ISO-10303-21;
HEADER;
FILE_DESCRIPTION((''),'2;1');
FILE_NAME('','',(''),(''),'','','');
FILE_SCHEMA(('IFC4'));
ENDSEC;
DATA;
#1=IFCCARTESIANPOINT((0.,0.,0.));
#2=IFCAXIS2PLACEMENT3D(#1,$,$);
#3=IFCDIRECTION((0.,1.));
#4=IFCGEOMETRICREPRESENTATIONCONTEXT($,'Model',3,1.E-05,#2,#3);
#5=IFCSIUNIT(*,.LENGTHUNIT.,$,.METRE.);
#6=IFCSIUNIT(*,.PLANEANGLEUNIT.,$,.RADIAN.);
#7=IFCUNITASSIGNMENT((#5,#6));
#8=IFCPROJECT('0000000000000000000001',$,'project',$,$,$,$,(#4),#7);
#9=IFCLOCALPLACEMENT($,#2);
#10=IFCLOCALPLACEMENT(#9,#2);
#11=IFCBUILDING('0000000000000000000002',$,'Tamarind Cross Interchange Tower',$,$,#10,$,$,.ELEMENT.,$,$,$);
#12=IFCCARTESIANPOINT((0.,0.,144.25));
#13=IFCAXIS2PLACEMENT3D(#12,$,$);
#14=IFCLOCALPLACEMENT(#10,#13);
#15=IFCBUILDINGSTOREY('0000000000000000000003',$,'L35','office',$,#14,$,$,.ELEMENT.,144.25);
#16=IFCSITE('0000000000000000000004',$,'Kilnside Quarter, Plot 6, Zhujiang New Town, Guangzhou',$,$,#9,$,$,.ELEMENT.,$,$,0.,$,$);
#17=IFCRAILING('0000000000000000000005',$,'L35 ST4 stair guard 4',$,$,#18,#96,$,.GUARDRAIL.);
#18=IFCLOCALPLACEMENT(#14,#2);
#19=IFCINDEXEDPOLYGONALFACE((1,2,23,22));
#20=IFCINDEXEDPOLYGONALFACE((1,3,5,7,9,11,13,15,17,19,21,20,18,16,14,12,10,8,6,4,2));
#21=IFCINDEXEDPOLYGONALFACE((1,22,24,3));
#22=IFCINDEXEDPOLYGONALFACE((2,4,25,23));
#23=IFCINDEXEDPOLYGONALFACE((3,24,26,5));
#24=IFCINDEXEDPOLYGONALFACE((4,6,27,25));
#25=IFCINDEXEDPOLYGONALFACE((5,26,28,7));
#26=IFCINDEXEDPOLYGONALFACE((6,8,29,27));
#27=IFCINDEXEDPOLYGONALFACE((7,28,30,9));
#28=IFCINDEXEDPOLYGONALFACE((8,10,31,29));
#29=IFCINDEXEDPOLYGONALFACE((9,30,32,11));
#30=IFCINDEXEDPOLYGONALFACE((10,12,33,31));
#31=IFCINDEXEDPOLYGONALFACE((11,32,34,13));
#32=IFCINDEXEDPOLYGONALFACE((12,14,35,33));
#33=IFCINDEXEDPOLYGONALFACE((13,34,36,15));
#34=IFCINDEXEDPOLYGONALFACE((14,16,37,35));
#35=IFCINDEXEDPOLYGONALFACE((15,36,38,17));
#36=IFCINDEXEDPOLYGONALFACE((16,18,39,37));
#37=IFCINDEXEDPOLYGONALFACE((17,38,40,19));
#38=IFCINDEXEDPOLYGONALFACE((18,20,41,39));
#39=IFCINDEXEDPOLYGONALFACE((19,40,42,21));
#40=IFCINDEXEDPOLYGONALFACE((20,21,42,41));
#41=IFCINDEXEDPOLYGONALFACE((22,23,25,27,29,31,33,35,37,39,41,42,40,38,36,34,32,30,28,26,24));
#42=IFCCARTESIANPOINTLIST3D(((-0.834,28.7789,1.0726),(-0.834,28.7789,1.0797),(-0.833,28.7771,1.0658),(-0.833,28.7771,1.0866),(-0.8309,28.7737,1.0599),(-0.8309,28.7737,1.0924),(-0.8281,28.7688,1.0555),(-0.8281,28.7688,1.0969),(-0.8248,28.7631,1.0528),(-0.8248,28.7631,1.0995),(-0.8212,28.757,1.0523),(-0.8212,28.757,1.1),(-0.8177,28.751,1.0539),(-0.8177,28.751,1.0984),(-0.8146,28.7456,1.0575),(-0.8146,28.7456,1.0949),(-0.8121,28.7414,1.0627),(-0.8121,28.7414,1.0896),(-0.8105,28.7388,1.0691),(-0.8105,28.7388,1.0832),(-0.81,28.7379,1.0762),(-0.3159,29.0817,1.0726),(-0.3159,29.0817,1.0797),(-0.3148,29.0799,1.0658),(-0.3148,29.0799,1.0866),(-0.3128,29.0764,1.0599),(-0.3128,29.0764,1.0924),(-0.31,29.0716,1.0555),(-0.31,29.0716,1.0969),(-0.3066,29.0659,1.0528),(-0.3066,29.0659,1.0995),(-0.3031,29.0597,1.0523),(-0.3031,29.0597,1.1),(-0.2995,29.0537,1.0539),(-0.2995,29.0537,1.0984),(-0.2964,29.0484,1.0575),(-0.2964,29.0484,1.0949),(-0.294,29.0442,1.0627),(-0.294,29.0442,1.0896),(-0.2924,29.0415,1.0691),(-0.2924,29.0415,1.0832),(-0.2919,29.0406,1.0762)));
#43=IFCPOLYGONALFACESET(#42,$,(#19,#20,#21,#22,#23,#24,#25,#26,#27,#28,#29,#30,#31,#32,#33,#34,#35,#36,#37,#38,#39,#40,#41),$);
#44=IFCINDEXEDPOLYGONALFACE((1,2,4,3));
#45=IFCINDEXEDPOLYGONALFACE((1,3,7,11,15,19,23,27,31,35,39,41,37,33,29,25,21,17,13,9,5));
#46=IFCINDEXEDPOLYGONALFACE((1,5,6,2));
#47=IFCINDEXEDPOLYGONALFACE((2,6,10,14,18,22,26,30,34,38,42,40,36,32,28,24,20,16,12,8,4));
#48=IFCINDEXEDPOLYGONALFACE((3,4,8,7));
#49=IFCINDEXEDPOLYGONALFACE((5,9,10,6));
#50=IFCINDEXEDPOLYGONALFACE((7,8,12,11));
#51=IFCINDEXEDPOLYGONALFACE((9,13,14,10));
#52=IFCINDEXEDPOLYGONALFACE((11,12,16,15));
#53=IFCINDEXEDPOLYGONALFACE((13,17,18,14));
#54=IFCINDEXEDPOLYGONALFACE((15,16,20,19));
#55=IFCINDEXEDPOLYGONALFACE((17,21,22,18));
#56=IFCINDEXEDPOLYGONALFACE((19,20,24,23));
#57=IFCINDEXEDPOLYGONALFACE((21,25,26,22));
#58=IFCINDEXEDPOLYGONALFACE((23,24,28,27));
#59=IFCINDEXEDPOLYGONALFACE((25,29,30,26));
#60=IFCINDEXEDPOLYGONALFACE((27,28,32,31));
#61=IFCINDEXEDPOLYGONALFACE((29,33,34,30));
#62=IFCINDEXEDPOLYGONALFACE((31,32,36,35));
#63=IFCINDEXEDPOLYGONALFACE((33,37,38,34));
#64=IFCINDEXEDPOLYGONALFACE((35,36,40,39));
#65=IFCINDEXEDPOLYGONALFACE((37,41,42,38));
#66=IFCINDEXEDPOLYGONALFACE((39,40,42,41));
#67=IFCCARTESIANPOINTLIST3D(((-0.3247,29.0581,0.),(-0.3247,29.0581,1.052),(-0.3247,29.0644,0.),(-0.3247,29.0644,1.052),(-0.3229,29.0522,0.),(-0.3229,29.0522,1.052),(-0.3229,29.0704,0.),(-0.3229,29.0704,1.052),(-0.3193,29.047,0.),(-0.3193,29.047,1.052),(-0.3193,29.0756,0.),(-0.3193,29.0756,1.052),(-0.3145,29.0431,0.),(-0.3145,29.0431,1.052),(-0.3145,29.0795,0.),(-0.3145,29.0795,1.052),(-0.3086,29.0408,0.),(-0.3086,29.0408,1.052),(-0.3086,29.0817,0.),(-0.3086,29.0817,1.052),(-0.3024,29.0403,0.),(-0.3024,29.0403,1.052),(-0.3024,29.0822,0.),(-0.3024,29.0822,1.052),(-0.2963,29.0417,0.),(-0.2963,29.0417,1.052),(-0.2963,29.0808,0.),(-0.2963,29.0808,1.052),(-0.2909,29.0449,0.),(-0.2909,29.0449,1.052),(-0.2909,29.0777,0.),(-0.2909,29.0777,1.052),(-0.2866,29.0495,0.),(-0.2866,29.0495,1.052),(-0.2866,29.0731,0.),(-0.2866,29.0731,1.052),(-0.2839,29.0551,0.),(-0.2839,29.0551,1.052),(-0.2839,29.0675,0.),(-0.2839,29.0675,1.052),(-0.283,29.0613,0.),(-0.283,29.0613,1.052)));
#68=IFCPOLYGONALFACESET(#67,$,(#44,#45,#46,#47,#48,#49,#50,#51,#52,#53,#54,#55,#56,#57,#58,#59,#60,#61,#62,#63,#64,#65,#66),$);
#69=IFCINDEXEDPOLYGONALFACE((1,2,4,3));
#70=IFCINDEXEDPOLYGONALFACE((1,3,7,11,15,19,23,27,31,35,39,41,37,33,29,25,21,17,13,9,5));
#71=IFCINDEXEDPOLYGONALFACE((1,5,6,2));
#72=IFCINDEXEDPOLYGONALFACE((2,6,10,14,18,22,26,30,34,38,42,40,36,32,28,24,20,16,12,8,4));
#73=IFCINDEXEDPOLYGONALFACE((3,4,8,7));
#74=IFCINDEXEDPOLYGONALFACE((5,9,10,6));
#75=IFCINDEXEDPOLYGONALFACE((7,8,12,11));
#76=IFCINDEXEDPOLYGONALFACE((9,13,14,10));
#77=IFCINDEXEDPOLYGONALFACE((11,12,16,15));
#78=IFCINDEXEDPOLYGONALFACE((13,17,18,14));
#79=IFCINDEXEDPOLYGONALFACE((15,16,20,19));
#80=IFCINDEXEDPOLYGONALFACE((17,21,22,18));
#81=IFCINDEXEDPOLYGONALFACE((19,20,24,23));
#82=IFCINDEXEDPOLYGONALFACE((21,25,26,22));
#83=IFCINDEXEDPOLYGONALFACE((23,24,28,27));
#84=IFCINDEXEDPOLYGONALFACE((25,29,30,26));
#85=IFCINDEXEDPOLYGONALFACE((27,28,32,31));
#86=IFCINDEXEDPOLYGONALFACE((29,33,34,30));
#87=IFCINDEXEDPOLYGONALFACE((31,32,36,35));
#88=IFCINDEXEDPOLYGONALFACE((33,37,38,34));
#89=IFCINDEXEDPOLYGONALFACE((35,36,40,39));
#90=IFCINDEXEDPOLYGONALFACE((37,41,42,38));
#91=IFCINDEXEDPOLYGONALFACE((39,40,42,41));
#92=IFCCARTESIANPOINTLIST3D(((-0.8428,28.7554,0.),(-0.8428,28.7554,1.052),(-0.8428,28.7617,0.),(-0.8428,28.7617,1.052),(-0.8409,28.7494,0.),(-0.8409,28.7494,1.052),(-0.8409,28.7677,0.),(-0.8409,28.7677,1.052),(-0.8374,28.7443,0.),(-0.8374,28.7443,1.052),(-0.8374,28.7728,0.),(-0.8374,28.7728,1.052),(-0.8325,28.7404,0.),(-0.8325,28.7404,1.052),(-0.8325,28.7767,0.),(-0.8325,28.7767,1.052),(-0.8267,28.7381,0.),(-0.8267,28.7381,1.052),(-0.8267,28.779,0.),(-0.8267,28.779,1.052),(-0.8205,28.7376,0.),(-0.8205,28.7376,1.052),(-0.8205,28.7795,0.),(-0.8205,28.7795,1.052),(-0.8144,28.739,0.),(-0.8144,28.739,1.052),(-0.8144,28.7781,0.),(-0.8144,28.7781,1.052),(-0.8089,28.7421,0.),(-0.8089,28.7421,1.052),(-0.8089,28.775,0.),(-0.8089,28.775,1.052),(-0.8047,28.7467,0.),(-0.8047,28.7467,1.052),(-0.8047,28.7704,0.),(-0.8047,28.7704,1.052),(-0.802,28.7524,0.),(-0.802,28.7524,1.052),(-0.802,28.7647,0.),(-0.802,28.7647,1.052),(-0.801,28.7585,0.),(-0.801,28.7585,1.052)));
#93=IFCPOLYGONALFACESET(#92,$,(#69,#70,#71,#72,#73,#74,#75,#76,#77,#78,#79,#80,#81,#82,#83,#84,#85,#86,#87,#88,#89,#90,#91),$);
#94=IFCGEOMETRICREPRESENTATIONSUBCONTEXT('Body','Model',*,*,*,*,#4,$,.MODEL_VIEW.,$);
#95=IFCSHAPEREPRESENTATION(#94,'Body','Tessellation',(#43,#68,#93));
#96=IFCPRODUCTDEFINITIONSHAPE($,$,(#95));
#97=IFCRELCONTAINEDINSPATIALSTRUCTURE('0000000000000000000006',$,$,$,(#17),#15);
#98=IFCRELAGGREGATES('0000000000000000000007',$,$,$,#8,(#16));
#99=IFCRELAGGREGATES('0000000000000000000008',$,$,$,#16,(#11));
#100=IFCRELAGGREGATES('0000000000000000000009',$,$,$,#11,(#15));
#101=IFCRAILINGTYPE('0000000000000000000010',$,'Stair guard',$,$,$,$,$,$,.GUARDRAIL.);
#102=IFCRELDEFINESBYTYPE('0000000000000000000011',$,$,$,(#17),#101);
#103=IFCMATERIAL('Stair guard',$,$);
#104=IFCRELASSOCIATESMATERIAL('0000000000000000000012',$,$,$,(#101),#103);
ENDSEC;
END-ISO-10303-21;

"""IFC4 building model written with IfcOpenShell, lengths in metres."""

from ifc_helpers import new_model, si_unit, direction, frame, origin, origin_2d, place, context, subcontext, project, spatial, circle, extrude, material, type_object, element, save


model = new_model("IFC4")

# Units and contexts
model_context = context("Model", 3, precision=1e-05, world=origin(), true_north=direction((0.0, 1.0)))
body_context = subcontext(model_context, "Body", "Model", "MODEL_VIEW")
ifc_project = project(units=[si_unit("LENGTHUNIT", "METRE"), si_unit("PLANEANGLEUNIT", "RADIAN")], contexts=[model_context])

# Site, building, storey
site_placement = place(None, origin())
site = spatial("IfcSite", under=ifc_project, at=site_placement, Name="Kilnside Quarter, Plot 6, Zhujiang New Town, Guangzhou", CompositionType="ELEMENT", RefElevation=0.0)
building_placement = place(site_placement, origin())
building = spatial("IfcBuilding", under=site, at=building_placement, Name="Tamarind Cross Interchange Tower", CompositionType="ELEMENT")
storey_placement = place(building_placement, frame((0.0, 0.0, 144.25)))
storey = spatial("IfcBuildingStorey", under=building, at=storey_placement, Name="L35", Description="office", CompositionType="ELEMENT", Elevation=144.25)

# Railing
ifc_material_1 = material(Name="Stair guard")
railing_type_1 = type_object("IfcRailingType", Name="Stair guard", PredefinedType="GUARDRAIL", material=ifc_material_1)
railing_1_placement = place(storey_placement, frame((-0.304, 29.0613, 0.0)))
element("IfcRailing", 1, at=railing_1_placement, inside=storey, type_object=railing_type_1, Name="L35 ST4 stair guard 4", PredefinedType="GUARDRAIL", context=body_context, shape_type="SweptSolid", body=[
    extrude(circle(Radius=0.0239, at=origin_2d()), frame((0.0, 0.0, 1.0762), z_axis=(-0.863395, -0.504529, 0.0), x_axis=(0.504529, -0.863395, 0.0)), (0.0, 0.0, 1.0), 0.6001),
    extrude(circle(Radius=0.021, at=origin_2d()), origin(), (0.0, 0.0, 1.0), 1.052),
    extrude(circle(Radius=0.021, at=origin_2d()), frame((-0.5181, -0.3027, 0.0)), (0.0, 0.0, 1.0), 1.052),
])

save(model, "model.ifc")
